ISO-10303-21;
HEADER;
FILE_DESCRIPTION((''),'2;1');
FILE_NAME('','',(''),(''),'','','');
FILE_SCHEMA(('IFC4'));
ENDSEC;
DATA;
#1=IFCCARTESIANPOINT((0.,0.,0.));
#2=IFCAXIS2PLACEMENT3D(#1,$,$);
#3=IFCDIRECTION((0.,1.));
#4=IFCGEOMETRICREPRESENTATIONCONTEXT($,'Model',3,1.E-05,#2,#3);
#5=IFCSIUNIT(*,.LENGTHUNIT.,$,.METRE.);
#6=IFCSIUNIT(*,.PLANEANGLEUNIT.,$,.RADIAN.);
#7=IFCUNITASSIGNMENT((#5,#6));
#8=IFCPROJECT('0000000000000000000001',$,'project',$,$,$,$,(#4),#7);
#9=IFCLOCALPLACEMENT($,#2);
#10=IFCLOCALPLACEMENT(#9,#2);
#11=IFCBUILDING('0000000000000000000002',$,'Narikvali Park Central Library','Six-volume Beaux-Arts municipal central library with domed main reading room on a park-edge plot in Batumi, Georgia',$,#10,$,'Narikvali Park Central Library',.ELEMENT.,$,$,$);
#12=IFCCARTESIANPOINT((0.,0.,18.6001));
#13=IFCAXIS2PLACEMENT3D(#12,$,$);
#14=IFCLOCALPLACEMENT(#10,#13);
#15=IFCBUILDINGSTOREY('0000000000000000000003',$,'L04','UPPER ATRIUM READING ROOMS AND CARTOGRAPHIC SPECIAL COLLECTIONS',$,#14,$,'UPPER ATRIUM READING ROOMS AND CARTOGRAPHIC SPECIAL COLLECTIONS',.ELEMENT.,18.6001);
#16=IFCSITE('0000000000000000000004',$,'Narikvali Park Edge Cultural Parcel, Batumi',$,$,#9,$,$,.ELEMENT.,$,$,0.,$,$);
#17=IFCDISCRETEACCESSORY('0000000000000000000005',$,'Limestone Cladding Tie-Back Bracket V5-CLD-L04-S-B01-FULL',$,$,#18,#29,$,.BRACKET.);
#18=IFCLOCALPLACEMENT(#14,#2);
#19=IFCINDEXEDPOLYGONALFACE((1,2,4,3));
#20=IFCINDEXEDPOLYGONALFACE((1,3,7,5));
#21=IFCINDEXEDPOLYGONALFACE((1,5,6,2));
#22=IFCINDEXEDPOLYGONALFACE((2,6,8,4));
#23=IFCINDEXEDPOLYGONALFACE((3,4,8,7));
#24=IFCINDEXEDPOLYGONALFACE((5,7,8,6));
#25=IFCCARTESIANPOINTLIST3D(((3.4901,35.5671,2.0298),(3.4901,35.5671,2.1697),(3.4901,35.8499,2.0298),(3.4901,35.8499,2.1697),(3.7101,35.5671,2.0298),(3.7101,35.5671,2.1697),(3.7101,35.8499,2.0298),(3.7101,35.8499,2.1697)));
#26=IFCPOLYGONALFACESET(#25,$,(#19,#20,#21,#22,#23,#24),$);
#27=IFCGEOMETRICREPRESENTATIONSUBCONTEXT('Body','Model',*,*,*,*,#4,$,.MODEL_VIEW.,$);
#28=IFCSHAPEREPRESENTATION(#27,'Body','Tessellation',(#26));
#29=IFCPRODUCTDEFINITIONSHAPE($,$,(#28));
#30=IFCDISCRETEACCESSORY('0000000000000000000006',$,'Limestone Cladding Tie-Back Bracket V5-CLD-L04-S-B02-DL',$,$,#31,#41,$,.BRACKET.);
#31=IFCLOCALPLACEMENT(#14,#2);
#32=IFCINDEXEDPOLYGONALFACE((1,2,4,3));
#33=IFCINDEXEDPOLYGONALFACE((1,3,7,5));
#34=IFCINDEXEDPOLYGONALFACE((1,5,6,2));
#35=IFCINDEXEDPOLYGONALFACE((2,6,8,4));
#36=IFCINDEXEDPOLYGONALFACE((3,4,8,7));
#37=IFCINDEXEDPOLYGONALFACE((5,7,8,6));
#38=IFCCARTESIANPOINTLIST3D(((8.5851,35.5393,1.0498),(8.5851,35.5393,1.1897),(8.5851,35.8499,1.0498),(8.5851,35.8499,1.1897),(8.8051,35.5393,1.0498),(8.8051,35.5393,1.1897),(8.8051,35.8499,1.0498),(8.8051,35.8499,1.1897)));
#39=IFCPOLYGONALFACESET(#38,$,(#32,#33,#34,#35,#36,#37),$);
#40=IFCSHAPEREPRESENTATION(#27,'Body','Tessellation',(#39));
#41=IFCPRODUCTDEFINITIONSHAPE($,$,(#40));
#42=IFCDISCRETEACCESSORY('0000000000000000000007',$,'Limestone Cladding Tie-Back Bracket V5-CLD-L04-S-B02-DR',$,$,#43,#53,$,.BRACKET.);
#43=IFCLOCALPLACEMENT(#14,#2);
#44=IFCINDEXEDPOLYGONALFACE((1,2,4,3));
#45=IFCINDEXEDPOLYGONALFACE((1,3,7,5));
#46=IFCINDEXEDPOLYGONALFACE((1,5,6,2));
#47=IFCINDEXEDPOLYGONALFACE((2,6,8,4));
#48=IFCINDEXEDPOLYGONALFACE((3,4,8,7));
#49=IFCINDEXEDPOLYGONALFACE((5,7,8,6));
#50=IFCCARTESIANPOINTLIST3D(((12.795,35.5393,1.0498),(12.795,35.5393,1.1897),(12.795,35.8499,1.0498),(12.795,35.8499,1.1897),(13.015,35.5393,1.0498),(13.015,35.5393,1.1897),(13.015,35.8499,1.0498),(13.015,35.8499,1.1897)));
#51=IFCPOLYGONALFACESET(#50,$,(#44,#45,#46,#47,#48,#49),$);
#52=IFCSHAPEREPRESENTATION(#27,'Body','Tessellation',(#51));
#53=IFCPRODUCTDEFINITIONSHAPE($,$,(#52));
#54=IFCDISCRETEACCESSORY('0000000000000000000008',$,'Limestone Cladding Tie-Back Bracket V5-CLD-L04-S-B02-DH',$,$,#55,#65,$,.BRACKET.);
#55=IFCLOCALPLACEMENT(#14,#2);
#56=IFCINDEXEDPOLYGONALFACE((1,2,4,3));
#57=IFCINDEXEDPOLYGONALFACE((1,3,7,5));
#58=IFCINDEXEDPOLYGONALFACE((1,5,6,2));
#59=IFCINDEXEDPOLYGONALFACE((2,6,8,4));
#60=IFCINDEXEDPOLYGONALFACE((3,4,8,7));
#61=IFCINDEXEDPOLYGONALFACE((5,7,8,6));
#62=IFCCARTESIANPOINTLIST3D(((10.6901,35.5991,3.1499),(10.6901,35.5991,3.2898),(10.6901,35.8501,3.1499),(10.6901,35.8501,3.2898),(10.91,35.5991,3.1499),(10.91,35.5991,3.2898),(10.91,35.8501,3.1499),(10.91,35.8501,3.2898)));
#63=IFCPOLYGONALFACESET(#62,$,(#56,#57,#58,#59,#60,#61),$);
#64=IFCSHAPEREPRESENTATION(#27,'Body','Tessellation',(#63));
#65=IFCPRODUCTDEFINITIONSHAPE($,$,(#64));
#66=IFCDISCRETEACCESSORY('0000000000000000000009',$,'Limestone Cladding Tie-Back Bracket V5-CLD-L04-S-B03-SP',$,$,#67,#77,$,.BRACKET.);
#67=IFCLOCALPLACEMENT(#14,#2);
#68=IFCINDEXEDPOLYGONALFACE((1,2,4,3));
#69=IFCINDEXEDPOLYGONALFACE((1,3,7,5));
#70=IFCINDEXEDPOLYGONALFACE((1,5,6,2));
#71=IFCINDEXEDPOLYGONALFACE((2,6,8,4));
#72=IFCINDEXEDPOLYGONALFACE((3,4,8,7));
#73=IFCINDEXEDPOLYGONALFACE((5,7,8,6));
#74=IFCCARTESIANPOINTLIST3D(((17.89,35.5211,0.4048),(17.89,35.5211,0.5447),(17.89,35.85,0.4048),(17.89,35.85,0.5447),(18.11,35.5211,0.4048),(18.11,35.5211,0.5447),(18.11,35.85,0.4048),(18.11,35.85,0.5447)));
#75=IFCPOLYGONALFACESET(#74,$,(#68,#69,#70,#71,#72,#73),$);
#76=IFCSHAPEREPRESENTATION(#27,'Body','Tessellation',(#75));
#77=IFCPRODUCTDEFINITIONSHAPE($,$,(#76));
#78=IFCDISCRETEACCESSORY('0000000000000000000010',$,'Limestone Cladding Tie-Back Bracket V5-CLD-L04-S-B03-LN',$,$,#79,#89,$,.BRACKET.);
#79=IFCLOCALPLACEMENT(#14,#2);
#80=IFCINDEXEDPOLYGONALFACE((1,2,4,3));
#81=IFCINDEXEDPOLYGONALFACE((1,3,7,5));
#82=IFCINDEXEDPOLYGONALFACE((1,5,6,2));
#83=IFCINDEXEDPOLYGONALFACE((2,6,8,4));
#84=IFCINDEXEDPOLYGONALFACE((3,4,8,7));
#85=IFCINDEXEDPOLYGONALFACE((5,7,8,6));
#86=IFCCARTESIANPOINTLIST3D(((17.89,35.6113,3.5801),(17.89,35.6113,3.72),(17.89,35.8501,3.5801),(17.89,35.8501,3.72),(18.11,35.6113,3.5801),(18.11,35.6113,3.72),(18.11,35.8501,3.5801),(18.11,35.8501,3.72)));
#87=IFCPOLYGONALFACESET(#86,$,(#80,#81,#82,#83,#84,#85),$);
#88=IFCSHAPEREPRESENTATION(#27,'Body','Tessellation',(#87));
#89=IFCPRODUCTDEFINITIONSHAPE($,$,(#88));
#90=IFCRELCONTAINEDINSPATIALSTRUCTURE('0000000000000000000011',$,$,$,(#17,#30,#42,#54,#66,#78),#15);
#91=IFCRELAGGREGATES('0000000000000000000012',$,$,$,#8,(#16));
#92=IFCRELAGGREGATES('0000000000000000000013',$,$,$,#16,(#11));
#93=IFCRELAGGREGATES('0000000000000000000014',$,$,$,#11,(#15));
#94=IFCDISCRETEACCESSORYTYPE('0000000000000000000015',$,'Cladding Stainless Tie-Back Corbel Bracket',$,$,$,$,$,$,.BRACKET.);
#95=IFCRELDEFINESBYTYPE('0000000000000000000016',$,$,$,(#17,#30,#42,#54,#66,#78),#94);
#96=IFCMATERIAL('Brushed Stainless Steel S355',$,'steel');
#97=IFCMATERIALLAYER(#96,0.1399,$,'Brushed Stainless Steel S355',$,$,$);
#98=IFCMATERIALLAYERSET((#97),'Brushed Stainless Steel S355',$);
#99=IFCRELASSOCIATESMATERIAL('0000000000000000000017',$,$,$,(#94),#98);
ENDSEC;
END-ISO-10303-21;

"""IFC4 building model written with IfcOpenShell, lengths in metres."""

from ifc_helpers import new_model, si_unit, direction, frame, origin, origin_2d, place, context, subcontext, project, spatial, rectangle, extrude, material, layer, layer_set, type_object, element, save


model = new_model("IFC4")

# Units and contexts
model_context = context("Model", 3, precision=1e-05, world=origin(), true_north=direction((0.0, 1.0)))
body_context = subcontext(model_context, "Body", "Model", "MODEL_VIEW")
ifc_project = project(units=[si_unit("LENGTHUNIT", "METRE"), si_unit("PLANEANGLEUNIT", "RADIAN")], contexts=[model_context])

# Site, building, storey
site_placement = place(None, origin())
site = spatial("IfcSite", under=ifc_project, at=site_placement, Name="Narikvali Park Edge Cultural Parcel, Batumi", CompositionType="ELEMENT", RefElevation=0.0)
building_placement = place(site_placement, origin())
building = spatial("IfcBuilding", under=site, at=building_placement, Name="Narikvali Park Central Library", Description="Six-volume Beaux-Arts municipal central library with domed main reading room on a park-edge plot in Batumi, Georgia", LongName="Narikvali Park Central Library", CompositionType="ELEMENT")
storey_placement = place(building_placement, frame((0.0, 0.0, 18.6001)))
storey = spatial("IfcBuildingStorey", under=building, at=storey_placement, Name="L04", Description="UPPER ATRIUM READING ROOMS AND CARTOGRAPHIC SPECIAL COLLECTIONS", LongName="UPPER ATRIUM READING ROOMS AND CARTOGRAPHIC SPECIAL COLLECTIONS", CompositionType="ELEMENT", Elevation=18.6001)

# Discrete accessories
ifc_material_1 = material(Name="Brushed Stainless Steel S355", Category="steel")
ifc_layer_1 = layer(ifc_material_1, 0.1399, Name="Brushed Stainless Steel S355")
ifc_layer_set_1 = layer_set([ifc_layer_1], Name="Brushed Stainless Steel S355")
discrete_accessory_type = type_object("IfcDiscreteAccessoryType", Name="Cladding Stainless Tie-Back Corbel Bracket", PredefinedType="BRACKET", material=ifc_layer_set_1)
discrete_accessory_1_placement = place(storey_placement, frame((3.6001, 35.7085, 2.0298), z_axis=(0.0, 0.0, 1.0), x_axis=(1.0, 0.0, 0.0)))
element("IfcDiscreteAccessory", 1, at=discrete_accessory_1_placement, inside=storey, type_object=discrete_accessory_type, Name="Limestone Cladding Tie-Back Bracket V5-CLD-L04-S-B01-FULL", PredefinedType="BRACKET", context=body_context, shape_type="SweptSolid", body=[
    extrude(rectangle(XDim=0.22, YDim=0.2827, at=origin_2d()), origin(), (0.0, 0.0, 1.0), 0.1399),
])
for number, where, z_axis, x_axis, name in (
    (2, (8.6951, 35.6946, 1.0498), (0.0, 0.0, 1.0), (1.0, 0.0, 0.0), "Limestone Cladding Tie-Back Bracket V5-CLD-L04-S-B02-DL"),
    (3, (12.905, 35.6946, 1.0498), (0.0, 0.0, 1.0), (1.0, 0.0, 0.0), "Limestone Cladding Tie-Back Bracket V5-CLD-L04-S-B02-DR"),
):
    element("IfcDiscreteAccessory", number, at=place(storey_placement, frame(where, z_axis=z_axis, x_axis=x_axis)), inside=storey, type_object=discrete_accessory_type, Name=name, PredefinedType="BRACKET", context=body_context, shape_type="SweptSolid", body=[
        extrude(rectangle(XDim=0.22, YDim=0.3105, at=origin_2d()), origin(), (0.0, 0.0, 1.0), 0.1399),
    ])
discrete_accessory_2_placement = place(storey_placement, frame((10.8, 35.7246, 3.1499), z_axis=(0.0, 0.0, 1.0), x_axis=(1.0, 0.0, 0.0)))
element("IfcDiscreteAccessory", 4, at=discrete_accessory_2_placement, inside=storey, type_object=discrete_accessory_type, Name="Limestone Cladding Tie-Back Bracket V5-CLD-L04-S-B02-DH", PredefinedType="BRACKET", context=body_context, shape_type="SweptSolid", body=[
    extrude(rectangle(XDim=0.22, YDim=0.251, at=origin_2d()), origin(), (0.0, 0.0, 1.0), 0.1399),
])
discrete_accessory_3_placement = place(storey_placement, frame((18.0, 35.6855, 0.4048), z_axis=(0.0, 0.0, 1.0), x_axis=(1.0, 0.0, 0.0)))
element("IfcDiscreteAccessory", 5, at=discrete_accessory_3_placement, inside=storey, type_object=discrete_accessory_type, Name="Limestone Cladding Tie-Back Bracket V5-CLD-L04-S-B03-SP", PredefinedType="BRACKET", context=body_context, shape_type="SweptSolid", body=[
    extrude(rectangle(XDim=0.22, YDim=0.3289, at=origin_2d()), origin(), (0.0, 0.0, 1.0), 0.1399),
])
discrete_accessory_4_placement = place(storey_placement, frame((18.0, 35.7307, 3.5801), z_axis=(0.0, 0.0, 1.0), x_axis=(1.0, 0.0, 0.0)))
element("IfcDiscreteAccessory", 6, at=discrete_accessory_4_placement, inside=storey, type_object=discrete_accessory_type, Name="Limestone Cladding Tie-Back Bracket V5-CLD-L04-S-B03-LN", PredefinedType="BRACKET", context=body_context, shape_type="SweptSolid", body=[
    extrude(rectangle(XDim=0.22, YDim=0.2388, at=origin_2d()), origin(), (0.0, 0.0, 1.0), 0.1399),
])

save(model, "model.ifc")
